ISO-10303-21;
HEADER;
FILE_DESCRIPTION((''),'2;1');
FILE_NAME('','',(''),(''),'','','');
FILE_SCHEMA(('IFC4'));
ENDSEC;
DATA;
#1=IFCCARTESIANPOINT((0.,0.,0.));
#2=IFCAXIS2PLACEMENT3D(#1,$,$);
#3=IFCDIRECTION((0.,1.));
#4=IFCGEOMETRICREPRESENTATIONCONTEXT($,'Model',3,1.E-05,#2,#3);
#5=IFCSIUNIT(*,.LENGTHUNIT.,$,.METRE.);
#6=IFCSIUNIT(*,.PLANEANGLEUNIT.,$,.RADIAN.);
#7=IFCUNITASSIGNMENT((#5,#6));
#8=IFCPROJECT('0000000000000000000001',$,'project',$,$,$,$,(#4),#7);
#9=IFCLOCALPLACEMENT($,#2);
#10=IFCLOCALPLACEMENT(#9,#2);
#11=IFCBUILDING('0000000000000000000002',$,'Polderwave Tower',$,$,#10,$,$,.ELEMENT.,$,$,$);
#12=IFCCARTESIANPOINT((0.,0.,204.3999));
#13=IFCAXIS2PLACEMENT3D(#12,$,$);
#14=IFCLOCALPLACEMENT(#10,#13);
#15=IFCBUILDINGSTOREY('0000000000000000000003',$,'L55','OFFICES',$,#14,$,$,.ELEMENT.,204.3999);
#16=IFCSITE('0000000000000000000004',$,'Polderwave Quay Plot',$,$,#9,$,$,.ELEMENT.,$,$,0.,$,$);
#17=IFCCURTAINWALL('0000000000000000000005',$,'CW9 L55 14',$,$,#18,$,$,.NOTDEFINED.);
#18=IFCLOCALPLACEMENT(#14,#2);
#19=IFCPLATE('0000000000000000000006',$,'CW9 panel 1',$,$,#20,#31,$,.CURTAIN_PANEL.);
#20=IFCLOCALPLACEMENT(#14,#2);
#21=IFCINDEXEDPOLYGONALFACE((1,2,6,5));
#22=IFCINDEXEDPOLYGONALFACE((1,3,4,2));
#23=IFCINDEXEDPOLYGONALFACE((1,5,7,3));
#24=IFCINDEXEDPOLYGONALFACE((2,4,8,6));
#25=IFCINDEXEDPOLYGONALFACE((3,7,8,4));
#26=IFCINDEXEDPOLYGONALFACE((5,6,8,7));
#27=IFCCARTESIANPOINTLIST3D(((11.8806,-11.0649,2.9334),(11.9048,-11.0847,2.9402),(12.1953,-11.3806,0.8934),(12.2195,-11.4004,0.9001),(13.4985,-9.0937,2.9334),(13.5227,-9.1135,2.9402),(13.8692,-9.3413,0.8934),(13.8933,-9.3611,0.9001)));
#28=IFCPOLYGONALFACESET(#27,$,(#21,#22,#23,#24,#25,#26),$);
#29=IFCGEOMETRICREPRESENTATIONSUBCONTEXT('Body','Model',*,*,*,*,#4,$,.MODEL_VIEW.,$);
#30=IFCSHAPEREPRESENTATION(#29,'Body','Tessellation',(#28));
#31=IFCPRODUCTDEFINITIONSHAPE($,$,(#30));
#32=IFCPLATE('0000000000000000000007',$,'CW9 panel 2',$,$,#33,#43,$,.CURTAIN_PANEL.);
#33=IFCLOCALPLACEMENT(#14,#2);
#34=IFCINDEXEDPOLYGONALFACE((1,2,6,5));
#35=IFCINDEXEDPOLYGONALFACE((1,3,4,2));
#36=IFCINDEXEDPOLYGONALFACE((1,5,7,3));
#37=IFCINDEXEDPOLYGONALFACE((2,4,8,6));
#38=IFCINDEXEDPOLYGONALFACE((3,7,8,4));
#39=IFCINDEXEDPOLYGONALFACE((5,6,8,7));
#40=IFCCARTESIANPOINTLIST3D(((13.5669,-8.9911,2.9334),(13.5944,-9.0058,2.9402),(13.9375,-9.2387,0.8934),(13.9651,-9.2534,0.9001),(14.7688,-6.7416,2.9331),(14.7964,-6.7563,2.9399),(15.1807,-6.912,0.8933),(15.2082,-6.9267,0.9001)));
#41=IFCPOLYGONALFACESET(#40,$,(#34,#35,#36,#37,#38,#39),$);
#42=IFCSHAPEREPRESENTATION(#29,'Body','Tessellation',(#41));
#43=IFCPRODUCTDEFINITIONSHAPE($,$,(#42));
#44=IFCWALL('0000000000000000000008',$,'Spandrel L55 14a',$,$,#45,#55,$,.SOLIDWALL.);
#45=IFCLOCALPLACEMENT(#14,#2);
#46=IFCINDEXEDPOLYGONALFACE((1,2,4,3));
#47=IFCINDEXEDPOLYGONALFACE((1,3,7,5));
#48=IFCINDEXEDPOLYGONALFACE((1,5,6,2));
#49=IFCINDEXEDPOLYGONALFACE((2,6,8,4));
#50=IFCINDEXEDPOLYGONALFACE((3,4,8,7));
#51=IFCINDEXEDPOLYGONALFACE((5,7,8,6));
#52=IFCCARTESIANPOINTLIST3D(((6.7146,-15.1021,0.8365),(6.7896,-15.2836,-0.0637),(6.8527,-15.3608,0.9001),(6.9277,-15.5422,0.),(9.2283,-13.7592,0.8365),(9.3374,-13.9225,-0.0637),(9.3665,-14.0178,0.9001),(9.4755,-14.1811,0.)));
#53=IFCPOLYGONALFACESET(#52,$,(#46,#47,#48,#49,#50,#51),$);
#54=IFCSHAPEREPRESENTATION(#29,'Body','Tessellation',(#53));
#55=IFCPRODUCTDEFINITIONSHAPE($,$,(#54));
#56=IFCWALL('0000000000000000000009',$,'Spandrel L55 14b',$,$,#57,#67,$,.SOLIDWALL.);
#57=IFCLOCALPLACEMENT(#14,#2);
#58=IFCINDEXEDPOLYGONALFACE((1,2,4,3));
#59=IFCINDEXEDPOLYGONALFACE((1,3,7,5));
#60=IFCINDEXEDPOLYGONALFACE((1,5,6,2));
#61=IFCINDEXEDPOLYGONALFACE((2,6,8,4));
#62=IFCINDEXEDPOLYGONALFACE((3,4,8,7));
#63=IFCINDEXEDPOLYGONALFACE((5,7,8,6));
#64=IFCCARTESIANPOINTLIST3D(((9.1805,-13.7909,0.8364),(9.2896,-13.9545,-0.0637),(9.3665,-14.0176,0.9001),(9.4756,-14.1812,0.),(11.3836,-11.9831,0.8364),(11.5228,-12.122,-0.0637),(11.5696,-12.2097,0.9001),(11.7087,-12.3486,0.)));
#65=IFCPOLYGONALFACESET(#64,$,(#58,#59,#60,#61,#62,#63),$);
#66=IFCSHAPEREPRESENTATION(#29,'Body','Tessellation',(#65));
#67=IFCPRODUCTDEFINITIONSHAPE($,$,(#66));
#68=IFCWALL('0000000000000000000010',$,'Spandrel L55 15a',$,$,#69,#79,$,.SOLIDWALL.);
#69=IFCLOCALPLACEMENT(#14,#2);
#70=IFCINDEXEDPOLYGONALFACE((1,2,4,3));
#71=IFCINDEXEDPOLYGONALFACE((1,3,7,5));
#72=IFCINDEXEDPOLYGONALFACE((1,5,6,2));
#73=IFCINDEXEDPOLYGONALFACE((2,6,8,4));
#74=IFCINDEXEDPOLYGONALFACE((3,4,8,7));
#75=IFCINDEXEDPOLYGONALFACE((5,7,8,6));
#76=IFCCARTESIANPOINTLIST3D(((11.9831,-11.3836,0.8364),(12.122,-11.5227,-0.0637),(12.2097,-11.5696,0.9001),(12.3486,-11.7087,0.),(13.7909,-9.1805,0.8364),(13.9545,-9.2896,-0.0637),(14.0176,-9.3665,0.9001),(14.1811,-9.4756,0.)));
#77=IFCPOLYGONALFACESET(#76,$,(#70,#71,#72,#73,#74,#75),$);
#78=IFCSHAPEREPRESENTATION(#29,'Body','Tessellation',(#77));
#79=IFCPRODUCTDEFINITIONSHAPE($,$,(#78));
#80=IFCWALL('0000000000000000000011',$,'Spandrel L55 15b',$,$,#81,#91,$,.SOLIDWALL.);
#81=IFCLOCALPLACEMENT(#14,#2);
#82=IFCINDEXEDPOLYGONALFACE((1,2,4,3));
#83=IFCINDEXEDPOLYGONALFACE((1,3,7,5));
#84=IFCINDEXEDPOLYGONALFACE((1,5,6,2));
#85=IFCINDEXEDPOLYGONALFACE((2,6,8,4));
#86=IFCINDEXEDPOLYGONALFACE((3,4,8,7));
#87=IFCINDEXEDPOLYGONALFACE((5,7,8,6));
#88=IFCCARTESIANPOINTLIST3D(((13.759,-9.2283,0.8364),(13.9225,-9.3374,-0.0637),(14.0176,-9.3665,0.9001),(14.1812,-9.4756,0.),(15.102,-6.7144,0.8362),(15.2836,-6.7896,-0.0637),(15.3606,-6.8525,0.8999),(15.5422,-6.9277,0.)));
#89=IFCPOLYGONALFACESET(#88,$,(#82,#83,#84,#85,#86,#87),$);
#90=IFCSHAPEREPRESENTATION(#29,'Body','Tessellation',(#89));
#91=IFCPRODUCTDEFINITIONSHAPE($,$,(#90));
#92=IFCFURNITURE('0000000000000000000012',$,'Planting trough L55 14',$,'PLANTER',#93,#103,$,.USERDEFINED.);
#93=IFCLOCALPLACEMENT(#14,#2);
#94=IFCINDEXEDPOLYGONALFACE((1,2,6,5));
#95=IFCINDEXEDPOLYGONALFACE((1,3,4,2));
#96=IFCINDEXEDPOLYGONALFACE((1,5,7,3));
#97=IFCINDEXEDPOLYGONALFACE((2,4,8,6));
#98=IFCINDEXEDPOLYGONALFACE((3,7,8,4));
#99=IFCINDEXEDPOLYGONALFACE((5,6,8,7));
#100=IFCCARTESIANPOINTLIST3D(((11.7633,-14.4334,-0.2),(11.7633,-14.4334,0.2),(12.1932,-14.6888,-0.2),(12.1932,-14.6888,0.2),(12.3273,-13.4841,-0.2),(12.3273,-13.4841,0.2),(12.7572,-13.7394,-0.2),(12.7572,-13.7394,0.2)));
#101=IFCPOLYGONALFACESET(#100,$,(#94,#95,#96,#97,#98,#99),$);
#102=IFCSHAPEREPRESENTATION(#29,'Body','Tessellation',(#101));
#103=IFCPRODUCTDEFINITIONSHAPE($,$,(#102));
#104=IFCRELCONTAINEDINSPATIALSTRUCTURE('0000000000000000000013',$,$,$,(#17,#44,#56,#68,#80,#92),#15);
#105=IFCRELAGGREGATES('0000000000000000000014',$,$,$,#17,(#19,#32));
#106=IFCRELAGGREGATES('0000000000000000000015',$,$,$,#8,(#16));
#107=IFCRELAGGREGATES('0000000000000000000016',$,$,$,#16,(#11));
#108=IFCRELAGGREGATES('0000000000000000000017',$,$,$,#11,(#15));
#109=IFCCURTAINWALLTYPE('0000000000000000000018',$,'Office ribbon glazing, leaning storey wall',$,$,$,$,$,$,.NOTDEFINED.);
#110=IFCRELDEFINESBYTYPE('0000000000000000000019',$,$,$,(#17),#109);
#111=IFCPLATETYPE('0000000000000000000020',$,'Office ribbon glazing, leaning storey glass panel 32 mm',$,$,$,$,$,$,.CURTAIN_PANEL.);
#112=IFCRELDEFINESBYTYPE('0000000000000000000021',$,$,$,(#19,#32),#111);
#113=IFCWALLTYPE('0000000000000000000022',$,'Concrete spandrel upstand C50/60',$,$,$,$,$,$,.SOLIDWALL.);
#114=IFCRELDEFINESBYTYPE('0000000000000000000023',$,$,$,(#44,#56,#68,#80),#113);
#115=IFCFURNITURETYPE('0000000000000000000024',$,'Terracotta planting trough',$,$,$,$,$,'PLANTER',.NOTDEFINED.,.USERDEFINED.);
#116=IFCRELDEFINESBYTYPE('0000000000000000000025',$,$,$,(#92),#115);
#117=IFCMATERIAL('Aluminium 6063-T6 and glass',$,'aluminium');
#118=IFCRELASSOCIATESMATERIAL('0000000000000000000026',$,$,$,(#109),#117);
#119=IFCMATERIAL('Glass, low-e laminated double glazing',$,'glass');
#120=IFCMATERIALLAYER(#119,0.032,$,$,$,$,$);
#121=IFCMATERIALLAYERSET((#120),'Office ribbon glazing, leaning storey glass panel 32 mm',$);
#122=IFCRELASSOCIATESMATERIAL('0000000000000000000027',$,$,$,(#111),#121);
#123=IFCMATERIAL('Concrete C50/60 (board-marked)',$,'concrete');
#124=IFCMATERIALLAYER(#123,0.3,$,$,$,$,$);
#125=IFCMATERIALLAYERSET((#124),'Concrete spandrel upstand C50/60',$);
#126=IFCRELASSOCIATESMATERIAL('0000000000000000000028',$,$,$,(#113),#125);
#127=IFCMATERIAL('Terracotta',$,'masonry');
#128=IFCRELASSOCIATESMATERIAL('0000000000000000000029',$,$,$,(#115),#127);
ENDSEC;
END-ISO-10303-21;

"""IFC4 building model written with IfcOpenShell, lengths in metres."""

from ifc_helpers import new_model, si_unit, direction, frame, origin, origin_2d, place, context, subcontext, project, spatial, polyline, rectangle, outline, extrude, material, layer, layer_set, type_object, element, aggregate, save


model = new_model("IFC4")

# Units and contexts
model_context = context("Model", 3, precision=1e-05, world=origin(), true_north=direction((0.0, 1.0)))
body_context = subcontext(model_context, "Body", "Model", "MODEL_VIEW")
ifc_project = project(units=[si_unit("LENGTHUNIT", "METRE"), si_unit("PLANEANGLEUNIT", "RADIAN")], contexts=[model_context])

# Site, building, storey
site_placement = place(None, origin())
site = spatial("IfcSite", under=ifc_project, at=site_placement, Name="Polderwave Quay Plot", CompositionType="ELEMENT", RefElevation=0.0)
building_placement = place(site_placement, origin())
building = spatial("IfcBuilding", under=site, at=building_placement, Name="Polderwave Tower", CompositionType="ELEMENT")
storey_placement = place(building_placement, frame((0.0, 0.0, 204.3999)))
storey = spatial("IfcBuildingStorey", under=building, at=storey_placement, Name="L55", Description="OFFICES", CompositionType="ELEMENT", Elevation=204.3999)

# Curtain wall
ifc_material_1 = material(Name="Aluminium 6063-T6 and glass", Category="aluminium")
curtain_wall_type = type_object("IfcCurtainWallType", Name="Office ribbon glazing, leaning storey wall", PredefinedType="NOTDEFINED", material=ifc_material_1)
curtain_wall_1_placement = place(storey_placement, origin())
curtain_wall_1 = element("IfcCurtainWall", 1, at=curtain_wall_1_placement, inside=storey, type_object=curtain_wall_type, Name="CW9 L55 14", PredefinedType="NOTDEFINED")

# Plates
ifc_material_2 = material(Name="Glass, low-e laminated double glazing", Category="glass")
ifc_layer_1 = layer(ifc_material_2, 0.032)
ifc_layer_set_1 = layer_set([ifc_layer_1], Name="Office ribbon glazing, leaning storey glass panel 32 mm")
plate_type = type_object("IfcPlateType", Name="Office ribbon glazing, leaning storey glass panel 32 mm", PredefinedType="CURTAIN_PANEL", material=ifc_layer_set_1)
plate_1_placement = place(storey_placement, frame((12.2195, -11.4004, 0.9001), z_axis=(0.755326, -0.619958, 0.212449), x_axis=(0.634441, 0.772971, 0.0)))
plate_1 = element("IfcPlate", 2, at=plate_1_placement, type_object=plate_type, Name="CW9 panel 1", PredefinedType="CURTAIN_PANEL", context=body_context, shape_type="SweptSolid", body=[
    extrude(outline(polyline([(0.0, 0.0), (2.6383, 0.0), (2.5945, 2.0877), (0.0443, 2.0877), (0.0, 0.0)])), origin(), (0.0, 0.0, -1.0), 0.032),
])
plate_2_placement = place(storey_placement, frame((13.9651, -9.2534, 0.9001), z_axis=(0.861863, -0.460486, 0.212472), x_axis=(0.471246, 0.882002, -0.000003)))
plate_2 = element("IfcPlate", 3, at=plate_2_placement, type_object=plate_type, Name="CW9 panel 2", PredefinedType="CURTAIN_PANEL", context=body_context, shape_type="SweptSolid", body=[
    extrude(outline(polyline([(0.0, 0.0), (2.638, 0.0), (2.5942, 2.0875), (0.0437, 2.0877), (0.0, 0.0)])), origin(), (0.0, 0.0, -1.0), 0.032),
])
aggregate(curtain_wall_1, [plate_1, plate_2])

# Walls
ifc_material_3 = material(Name="Concrete C50/60 (board-marked)", Category="concrete")
ifc_layer_2 = layer(ifc_material_3, 0.3)
ifc_layer_set_2 = layer_set([ifc_layer_2], Name="Concrete spandrel upstand C50/60")
wall_type = type_object("IfcWallType", Name="Concrete spandrel upstand C50/60", PredefinedType="SOLIDWALL", material=ifc_layer_set_2)
wall_1_placement = place(storey_placement, frame((6.9277, -15.5422, 0.0), z_axis=(0.460491, -0.861944, 0.212134), x_axis=(0.882019, 0.471214, -0.000006)))
element("IfcWall", 4, at=wall_1_placement, inside=storey, type_object=wall_type, Name="Spandrel L55 14a", PredefinedType="SOLIDWALL", context=body_context, shape_type="SweptSolid", body=[
    extrude(outline(polyline([(0.0, 0.0), (2.8886, 0.0), (2.8693, 0.9211), (0.0194, 0.9211), (0.0, 0.0)])), origin(), (0.0, 0.0, -1.0), 0.3),
])
wall_2_placement = place(storey_placement, frame((9.4756, -14.1812, 0.0), z_axis=(0.619877, -0.755401, 0.212416), x_axis=(0.773043, 0.634354, 0.0)))
element("IfcWall", 5, at=wall_2_placement, inside=storey, type_object=wall_type, Name="Spandrel L55 14b", PredefinedType="SOLIDWALL", context=body_context, shape_type="SweptSolid", body=[
    extrude(outline(polyline([(0.0, 0.0), (2.8888, 0.0), (2.8693, 0.9212), (0.0194, 0.9212), (0.0, 0.0)])), origin(), (0.0, 0.0, -1.0), 0.3),
])
wall_3_placement = place(storey_placement, frame((12.3486, -11.7087, 0.0), z_axis=(0.755401, -0.619877, 0.212416), x_axis=(0.634354, 0.773043, 0.0)))
element("IfcWall", 6, at=wall_3_placement, inside=storey, type_object=wall_type, Name="Spandrel L55 15a", PredefinedType="SOLIDWALL", context=body_context, shape_type="SweptSolid", body=[
    extrude(outline(polyline([(0.0, 0.0), (2.8888, 0.0), (2.8694, 0.9212), (0.0195, 0.9212), (0.0, 0.0)])), origin(), (0.0, 0.0, -1.0), 0.3),
])
wall_4_placement = place(storey_placement, frame((14.1812, -9.4756, 0.0), z_axis=(0.861898, -0.460434, 0.212444), x_axis=(0.471189, 0.882032, 0.0)))
element("IfcWall", 7, at=wall_4_placement, inside=storey, type_object=wall_type, Name="Spandrel L55 15b", PredefinedType="SOLIDWALL", context=body_context, shape_type="SweptSolid", body=[
    extrude(outline(polyline([(0.0, 0.0), (2.8886, 0.0), (2.8694, 0.9209), (0.0192, 0.9212), (0.0, 0.0)])), origin(), (0.0, 0.0, -1.0), 0.3),
])

# Furniture
ifc_material_4 = material(Name="Terracotta", Category="masonry")
furniture_type = type_object("IfcFurnitureType", Name="Terracotta planting trough", ElementType="PLANTER", AssemblyPlace="NOTDEFINED", PredefinedType="USERDEFINED", material=ifc_material_4)
furniture_placement = place(storey_placement, frame((12.2603, -14.0864, -0.2), z_axis=(0.0, 0.0, 1.0), x_axis=(0.5107, 0.859759, 0.0)))
element("IfcFurniture", 8, at=furniture_placement, inside=storey, type_object=furniture_type, Name="Planting trough L55 14", ObjectType="PLANTER", PredefinedType="USERDEFINED", context=body_context, shape_type="SweptSolid", body=[
    extrude(rectangle(XDim=1.1042, YDim=0.5, at=origin_2d()), origin(), (0.0, 0.0, 1.0), 0.3999),
])

save(model, "model.ifc")
